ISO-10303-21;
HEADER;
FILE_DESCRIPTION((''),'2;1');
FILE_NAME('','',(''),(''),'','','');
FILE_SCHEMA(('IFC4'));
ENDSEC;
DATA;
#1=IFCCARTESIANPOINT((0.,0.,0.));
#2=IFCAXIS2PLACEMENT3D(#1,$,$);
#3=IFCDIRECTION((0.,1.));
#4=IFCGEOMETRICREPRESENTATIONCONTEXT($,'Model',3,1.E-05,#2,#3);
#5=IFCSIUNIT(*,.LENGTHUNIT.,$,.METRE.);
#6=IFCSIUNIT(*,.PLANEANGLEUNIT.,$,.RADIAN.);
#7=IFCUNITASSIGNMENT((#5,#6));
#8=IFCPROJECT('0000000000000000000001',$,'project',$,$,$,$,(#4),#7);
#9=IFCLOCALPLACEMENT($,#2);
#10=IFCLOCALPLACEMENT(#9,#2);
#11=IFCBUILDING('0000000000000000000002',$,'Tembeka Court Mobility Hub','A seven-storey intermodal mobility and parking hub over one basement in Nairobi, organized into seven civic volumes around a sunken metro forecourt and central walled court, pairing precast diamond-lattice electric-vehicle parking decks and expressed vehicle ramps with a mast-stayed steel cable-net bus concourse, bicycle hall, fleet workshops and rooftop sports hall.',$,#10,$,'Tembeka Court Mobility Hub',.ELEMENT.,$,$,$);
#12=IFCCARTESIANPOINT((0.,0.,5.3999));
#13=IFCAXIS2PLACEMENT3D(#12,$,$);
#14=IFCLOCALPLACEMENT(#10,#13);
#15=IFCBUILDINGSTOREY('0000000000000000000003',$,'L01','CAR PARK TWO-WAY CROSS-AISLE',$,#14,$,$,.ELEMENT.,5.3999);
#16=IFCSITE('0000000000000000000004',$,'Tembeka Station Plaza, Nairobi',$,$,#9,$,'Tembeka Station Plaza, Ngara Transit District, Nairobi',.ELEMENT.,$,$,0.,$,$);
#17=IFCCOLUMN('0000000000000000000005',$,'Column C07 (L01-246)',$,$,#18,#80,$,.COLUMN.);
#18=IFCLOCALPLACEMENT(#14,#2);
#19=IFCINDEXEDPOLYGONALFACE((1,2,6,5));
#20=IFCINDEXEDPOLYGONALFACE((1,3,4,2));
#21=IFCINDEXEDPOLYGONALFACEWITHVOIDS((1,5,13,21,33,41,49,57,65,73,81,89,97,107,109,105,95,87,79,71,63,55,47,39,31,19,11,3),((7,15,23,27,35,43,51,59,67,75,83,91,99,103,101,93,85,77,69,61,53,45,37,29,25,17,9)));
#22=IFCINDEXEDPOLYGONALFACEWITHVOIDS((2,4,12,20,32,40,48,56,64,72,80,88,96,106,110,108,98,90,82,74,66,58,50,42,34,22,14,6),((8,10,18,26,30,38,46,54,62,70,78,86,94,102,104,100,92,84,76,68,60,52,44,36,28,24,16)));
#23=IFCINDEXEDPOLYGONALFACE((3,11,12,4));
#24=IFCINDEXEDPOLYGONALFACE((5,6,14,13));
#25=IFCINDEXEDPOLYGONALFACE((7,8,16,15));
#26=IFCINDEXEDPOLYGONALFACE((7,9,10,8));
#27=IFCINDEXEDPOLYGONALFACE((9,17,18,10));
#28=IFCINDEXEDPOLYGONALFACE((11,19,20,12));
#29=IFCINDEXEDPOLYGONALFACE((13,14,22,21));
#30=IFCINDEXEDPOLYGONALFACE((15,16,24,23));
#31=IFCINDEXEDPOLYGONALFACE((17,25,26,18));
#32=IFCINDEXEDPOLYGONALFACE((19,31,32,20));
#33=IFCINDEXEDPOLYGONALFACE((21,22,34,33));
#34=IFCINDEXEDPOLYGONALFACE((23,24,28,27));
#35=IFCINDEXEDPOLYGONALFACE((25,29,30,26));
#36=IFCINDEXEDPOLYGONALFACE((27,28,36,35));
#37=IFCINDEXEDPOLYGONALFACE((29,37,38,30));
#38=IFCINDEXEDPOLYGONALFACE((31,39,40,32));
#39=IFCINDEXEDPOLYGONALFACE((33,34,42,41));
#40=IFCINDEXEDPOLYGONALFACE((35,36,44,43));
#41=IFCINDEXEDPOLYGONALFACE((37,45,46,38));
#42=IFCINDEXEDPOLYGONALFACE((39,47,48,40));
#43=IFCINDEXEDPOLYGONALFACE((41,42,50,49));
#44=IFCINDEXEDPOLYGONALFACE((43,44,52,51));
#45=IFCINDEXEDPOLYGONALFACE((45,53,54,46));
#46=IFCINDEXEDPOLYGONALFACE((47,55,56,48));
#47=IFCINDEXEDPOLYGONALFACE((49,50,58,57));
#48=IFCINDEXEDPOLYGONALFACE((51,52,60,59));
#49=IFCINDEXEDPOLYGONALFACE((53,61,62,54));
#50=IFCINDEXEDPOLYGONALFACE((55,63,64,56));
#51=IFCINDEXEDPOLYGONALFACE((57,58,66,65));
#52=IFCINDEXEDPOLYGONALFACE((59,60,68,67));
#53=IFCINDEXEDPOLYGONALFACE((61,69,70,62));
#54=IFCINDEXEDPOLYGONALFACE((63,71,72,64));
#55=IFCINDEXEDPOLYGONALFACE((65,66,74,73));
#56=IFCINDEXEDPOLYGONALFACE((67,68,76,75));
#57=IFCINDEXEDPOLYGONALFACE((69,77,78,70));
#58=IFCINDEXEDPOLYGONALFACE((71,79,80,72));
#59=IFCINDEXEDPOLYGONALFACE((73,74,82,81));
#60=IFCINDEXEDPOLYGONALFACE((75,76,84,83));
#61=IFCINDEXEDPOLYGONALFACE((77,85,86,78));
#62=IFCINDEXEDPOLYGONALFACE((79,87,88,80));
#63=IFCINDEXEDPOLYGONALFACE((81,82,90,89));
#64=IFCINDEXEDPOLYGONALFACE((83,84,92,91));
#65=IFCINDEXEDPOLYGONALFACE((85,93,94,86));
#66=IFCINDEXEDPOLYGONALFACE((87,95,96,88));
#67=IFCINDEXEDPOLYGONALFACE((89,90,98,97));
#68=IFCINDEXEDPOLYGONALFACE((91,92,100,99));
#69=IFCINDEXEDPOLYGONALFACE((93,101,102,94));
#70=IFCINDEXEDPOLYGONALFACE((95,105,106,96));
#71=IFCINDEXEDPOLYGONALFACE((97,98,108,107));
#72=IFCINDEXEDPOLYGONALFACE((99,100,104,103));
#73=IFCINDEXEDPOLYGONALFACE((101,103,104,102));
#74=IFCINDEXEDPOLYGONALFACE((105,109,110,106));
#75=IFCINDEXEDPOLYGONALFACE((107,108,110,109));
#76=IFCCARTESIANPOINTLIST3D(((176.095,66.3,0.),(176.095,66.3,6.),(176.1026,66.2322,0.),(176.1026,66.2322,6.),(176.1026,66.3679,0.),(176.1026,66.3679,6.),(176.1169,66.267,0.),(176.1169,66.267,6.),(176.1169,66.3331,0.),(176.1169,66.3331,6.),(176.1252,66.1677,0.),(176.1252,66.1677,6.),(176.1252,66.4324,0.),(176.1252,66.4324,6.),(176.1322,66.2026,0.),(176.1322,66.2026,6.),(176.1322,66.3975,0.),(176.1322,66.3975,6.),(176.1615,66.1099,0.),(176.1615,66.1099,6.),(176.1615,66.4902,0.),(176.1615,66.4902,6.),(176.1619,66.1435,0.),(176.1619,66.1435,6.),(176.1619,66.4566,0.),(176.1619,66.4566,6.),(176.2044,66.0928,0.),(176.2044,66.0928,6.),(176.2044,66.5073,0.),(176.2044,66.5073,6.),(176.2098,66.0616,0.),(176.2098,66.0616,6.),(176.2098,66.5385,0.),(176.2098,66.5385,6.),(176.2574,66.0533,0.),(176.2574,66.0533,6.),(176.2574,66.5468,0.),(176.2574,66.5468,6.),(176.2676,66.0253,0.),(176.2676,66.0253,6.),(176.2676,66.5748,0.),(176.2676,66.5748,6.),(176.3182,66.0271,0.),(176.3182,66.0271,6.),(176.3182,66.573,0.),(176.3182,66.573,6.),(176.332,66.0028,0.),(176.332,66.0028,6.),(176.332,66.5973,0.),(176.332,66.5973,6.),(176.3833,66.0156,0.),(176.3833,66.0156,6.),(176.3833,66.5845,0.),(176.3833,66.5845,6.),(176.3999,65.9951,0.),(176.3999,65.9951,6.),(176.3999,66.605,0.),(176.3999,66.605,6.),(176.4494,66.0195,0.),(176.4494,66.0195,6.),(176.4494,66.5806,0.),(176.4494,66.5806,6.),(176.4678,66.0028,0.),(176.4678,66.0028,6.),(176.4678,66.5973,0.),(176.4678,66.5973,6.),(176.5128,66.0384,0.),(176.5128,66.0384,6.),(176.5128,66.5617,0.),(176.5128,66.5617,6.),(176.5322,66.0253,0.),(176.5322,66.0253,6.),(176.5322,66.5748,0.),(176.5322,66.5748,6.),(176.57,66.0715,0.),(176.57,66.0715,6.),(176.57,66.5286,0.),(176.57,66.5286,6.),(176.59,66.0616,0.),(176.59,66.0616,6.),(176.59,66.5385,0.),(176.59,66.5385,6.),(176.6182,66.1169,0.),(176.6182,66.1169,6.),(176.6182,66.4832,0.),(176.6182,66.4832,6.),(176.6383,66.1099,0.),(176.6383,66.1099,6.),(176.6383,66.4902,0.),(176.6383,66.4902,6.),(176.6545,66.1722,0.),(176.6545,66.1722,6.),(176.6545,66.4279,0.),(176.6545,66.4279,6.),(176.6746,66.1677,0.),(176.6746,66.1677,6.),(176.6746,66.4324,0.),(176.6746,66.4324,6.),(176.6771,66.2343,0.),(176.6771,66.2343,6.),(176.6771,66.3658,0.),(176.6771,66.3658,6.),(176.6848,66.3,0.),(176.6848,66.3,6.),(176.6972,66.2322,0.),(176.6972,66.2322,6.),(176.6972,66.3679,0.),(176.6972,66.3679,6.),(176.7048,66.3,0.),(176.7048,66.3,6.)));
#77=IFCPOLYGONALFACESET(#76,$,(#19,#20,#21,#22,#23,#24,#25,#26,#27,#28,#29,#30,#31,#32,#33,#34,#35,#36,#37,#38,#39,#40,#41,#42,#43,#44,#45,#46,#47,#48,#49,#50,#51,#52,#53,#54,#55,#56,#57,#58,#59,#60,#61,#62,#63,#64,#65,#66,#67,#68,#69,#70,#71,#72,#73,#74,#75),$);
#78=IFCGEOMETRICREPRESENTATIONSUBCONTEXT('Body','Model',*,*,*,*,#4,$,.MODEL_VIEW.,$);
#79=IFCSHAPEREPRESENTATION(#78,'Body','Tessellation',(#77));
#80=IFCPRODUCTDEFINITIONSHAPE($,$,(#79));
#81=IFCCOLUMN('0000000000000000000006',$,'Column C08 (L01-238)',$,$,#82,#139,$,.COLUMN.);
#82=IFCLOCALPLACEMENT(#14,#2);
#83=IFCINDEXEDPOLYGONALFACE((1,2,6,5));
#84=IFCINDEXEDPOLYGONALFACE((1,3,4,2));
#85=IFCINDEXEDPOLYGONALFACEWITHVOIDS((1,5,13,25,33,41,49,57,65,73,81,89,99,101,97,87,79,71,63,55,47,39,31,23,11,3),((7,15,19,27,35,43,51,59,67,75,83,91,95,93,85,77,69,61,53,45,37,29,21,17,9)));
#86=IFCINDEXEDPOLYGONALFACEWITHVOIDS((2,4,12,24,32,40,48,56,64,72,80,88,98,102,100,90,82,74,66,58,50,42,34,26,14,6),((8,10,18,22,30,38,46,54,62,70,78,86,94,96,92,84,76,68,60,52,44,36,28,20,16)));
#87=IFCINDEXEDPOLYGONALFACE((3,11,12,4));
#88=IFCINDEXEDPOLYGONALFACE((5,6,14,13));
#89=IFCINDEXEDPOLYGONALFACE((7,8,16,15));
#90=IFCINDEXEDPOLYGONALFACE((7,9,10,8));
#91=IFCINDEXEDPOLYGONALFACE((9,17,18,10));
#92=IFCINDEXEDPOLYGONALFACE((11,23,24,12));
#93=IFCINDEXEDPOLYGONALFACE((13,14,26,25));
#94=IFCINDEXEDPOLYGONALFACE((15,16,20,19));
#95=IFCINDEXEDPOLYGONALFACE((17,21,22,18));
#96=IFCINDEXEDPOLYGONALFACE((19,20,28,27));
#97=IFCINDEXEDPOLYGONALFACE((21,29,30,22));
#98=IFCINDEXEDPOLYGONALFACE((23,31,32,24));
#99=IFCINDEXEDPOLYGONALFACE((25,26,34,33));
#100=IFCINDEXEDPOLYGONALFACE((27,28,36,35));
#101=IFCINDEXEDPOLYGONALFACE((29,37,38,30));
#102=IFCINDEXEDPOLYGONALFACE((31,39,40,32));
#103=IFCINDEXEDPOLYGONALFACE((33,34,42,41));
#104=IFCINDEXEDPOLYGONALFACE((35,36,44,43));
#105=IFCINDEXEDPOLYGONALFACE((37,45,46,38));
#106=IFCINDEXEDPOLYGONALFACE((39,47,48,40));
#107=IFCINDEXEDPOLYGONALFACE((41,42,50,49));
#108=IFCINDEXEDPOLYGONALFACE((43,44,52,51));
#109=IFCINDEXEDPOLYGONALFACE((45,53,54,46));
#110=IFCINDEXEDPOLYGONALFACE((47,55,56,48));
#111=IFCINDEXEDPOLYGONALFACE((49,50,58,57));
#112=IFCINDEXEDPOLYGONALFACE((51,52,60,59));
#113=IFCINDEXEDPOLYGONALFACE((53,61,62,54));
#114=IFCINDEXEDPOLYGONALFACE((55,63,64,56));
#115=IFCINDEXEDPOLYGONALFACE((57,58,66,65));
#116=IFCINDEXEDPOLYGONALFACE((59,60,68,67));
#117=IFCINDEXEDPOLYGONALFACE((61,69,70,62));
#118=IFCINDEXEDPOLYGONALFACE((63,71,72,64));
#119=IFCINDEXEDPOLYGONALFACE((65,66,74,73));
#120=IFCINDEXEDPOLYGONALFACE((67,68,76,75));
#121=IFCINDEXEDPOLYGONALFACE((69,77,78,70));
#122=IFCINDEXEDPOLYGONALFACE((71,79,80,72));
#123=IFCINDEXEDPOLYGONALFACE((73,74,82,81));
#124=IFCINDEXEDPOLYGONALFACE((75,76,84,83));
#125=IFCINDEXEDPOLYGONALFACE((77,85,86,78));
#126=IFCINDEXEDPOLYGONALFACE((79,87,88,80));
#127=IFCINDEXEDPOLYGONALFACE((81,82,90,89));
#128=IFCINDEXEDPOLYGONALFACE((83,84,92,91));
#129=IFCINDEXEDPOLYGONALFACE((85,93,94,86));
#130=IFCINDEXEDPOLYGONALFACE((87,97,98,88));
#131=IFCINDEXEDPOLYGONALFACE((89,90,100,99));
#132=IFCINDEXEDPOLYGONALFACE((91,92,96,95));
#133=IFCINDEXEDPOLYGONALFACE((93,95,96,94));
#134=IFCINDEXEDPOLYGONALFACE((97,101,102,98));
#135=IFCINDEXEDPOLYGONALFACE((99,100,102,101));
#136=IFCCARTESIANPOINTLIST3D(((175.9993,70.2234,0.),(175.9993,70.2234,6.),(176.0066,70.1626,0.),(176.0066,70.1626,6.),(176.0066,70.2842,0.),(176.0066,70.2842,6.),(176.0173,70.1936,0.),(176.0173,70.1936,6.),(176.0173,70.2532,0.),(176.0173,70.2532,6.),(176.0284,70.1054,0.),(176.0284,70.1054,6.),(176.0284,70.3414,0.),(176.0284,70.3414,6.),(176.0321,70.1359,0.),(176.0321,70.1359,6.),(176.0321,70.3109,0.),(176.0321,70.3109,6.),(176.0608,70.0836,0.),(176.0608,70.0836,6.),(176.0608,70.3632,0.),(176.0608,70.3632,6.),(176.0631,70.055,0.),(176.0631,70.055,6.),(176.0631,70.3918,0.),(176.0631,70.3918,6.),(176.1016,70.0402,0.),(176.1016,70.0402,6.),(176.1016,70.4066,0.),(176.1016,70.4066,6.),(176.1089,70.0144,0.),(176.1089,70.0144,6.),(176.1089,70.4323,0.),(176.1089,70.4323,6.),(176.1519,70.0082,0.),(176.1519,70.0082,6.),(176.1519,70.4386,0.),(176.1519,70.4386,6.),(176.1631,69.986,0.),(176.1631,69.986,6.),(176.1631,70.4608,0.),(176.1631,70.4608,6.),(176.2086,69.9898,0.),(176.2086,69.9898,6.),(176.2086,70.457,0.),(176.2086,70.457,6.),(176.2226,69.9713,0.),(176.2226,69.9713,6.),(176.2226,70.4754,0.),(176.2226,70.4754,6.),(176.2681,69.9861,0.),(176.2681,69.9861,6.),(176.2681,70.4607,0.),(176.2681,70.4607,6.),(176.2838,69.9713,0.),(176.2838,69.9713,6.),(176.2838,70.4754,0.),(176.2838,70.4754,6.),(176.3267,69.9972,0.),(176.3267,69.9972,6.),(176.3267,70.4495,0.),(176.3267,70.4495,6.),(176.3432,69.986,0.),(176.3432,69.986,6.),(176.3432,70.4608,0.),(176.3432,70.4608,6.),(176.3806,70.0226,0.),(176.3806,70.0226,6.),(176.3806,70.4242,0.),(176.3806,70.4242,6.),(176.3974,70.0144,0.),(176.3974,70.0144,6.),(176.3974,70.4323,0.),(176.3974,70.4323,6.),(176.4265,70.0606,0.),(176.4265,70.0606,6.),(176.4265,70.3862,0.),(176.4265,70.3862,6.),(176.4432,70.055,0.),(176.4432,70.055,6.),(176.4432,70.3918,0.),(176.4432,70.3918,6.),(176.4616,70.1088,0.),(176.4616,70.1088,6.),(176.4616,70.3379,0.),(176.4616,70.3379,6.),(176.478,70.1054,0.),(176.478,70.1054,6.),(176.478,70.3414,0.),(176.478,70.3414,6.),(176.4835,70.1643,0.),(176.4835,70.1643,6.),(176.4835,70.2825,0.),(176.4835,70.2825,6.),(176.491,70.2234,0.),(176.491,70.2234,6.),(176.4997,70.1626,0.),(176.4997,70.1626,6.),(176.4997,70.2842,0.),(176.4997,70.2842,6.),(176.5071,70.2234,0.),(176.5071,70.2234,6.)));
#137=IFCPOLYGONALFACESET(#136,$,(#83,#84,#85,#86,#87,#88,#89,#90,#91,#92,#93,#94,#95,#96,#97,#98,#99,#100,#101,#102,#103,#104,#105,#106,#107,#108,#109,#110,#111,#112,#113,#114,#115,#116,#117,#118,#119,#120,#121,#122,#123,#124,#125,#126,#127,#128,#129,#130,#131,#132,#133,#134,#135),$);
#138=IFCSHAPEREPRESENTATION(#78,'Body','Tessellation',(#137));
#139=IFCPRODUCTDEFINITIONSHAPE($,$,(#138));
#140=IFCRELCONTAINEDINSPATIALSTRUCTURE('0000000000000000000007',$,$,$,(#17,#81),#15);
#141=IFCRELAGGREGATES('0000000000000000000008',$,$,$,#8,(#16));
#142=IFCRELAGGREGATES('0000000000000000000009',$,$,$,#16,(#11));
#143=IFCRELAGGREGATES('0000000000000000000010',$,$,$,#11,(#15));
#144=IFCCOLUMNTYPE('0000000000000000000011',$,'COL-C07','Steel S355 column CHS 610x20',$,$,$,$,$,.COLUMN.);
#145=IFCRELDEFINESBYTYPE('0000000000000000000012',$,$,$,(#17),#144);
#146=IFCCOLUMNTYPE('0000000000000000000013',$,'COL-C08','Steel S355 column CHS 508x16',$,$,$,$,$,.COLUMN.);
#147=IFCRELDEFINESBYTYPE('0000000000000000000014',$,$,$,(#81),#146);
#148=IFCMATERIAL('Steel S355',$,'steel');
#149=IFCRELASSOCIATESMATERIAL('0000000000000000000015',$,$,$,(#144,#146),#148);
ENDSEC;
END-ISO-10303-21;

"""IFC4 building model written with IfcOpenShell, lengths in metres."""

from ifc_helpers import new_model, si_unit, direction, frame, origin, origin_2d, place, context, subcontext, project, spatial, hollow_circle, extrude, material, material_profile, profile_set, type_object, element, save


model = new_model("IFC4")

# Units and contexts
model_context = context("Model", 3, precision=1e-05, world=origin(), true_north=direction((0.0, 1.0)))
body_context = subcontext(model_context, "Body", "Model", "MODEL_VIEW")
ifc_project = project(units=[si_unit("LENGTHUNIT", "METRE"), si_unit("PLANEANGLEUNIT", "RADIAN")], contexts=[model_context])

# Site, building, storey
site_placement = place(None, origin())
site = spatial("IfcSite", under=ifc_project, at=site_placement, Name="Tembeka Station Plaza, Nairobi", LongName="Tembeka Station Plaza, Ngara Transit District, Nairobi", CompositionType="ELEMENT", RefElevation=0.0)
building_placement = place(site_placement, origin())
building = spatial("IfcBuilding", under=site, at=building_placement, Name="Tembeka Court Mobility Hub", Description="A seven-storey intermodal mobility and parking hub over one basement in Nairobi, organized into seven civic volumes around a sunken metro forecourt and central walled court, pairing precast diamond-lattice electric-vehicle parking decks and expressed vehicle ramps with a mast-stayed steel cable-net bus concourse, bicycle hall, fleet workshops and rooftop sports hall.", LongName="Tembeka Court Mobility Hub", CompositionType="ELEMENT")
storey_placement = place(building_placement, frame((0.0, 0.0, 5.3999)))
storey = spatial("IfcBuildingStorey", under=building, at=storey_placement, Name="L01", Description="CAR PARK TWO-WAY CROSS-AISLE", CompositionType="ELEMENT", Elevation=5.3999)

# Columns
ifc_material_1 = material(Name="Steel S355", Category="steel")
ifc_material_profile_1 = material_profile(ifc_material_1, hollow_circle(Radius=0.3049, WallThickness=0.02, at=origin_2d()), Name="CHS 610x20")
ifc_profile_set_1 = profile_set([ifc_material_profile_1], Name="Steel S355")
column_type_1 = type_object("IfcColumnType", Name="COL-C07", Description="Steel S355 column CHS 610x20", PredefinedType="COLUMN", material=ifc_profile_set_1)
column_1_placement = place(storey_placement, frame((176.3999, 66.3, 0.0), z_axis=(0.0, 0.0, 1.0), x_axis=(1.0, 0.0, 0.0)))
element("IfcColumn", 1, at=column_1_placement, inside=storey, type_object=column_type_1, Name="Column C07 (L01-246)", PredefinedType="COLUMN", context=body_context, shape_type="SweptSolid", body=[
    extrude(hollow_circle(Radius=0.3049, WallThickness=0.02, at=origin_2d()), origin(), (0.0, 0.0, 1.0), 6.0),
])
ifc_material_profile_2 = material_profile(ifc_material_1, hollow_circle(Radius=0.2539, WallThickness=0.0161, at=origin_2d()), Name="CHS 508x16")
ifc_profile_set_2 = profile_set([ifc_material_profile_2], Name="Steel S355")
column_type_2 = type_object("IfcColumnType", Name="COL-C08", Description="Steel S355 column CHS 508x16", PredefinedType="COLUMN", material=ifc_profile_set_2)
column_2_placement = place(storey_placement, frame((176.2532, 70.2234, 0.0), z_axis=(0.0, 0.0, 1.0), x_axis=(1.0, 0.0, 0.0)))
element("IfcColumn", 2, at=column_2_placement, inside=storey, type_object=column_type_2, Name="Column C08 (L01-238)", PredefinedType="COLUMN", context=body_context, shape_type="SweptSolid", body=[
    extrude(hollow_circle(Radius=0.2539, WallThickness=0.0161, at=origin_2d()), origin(), (0.0, 0.0, 1.0), 6.0),
])

save(model, "model.ifc")
